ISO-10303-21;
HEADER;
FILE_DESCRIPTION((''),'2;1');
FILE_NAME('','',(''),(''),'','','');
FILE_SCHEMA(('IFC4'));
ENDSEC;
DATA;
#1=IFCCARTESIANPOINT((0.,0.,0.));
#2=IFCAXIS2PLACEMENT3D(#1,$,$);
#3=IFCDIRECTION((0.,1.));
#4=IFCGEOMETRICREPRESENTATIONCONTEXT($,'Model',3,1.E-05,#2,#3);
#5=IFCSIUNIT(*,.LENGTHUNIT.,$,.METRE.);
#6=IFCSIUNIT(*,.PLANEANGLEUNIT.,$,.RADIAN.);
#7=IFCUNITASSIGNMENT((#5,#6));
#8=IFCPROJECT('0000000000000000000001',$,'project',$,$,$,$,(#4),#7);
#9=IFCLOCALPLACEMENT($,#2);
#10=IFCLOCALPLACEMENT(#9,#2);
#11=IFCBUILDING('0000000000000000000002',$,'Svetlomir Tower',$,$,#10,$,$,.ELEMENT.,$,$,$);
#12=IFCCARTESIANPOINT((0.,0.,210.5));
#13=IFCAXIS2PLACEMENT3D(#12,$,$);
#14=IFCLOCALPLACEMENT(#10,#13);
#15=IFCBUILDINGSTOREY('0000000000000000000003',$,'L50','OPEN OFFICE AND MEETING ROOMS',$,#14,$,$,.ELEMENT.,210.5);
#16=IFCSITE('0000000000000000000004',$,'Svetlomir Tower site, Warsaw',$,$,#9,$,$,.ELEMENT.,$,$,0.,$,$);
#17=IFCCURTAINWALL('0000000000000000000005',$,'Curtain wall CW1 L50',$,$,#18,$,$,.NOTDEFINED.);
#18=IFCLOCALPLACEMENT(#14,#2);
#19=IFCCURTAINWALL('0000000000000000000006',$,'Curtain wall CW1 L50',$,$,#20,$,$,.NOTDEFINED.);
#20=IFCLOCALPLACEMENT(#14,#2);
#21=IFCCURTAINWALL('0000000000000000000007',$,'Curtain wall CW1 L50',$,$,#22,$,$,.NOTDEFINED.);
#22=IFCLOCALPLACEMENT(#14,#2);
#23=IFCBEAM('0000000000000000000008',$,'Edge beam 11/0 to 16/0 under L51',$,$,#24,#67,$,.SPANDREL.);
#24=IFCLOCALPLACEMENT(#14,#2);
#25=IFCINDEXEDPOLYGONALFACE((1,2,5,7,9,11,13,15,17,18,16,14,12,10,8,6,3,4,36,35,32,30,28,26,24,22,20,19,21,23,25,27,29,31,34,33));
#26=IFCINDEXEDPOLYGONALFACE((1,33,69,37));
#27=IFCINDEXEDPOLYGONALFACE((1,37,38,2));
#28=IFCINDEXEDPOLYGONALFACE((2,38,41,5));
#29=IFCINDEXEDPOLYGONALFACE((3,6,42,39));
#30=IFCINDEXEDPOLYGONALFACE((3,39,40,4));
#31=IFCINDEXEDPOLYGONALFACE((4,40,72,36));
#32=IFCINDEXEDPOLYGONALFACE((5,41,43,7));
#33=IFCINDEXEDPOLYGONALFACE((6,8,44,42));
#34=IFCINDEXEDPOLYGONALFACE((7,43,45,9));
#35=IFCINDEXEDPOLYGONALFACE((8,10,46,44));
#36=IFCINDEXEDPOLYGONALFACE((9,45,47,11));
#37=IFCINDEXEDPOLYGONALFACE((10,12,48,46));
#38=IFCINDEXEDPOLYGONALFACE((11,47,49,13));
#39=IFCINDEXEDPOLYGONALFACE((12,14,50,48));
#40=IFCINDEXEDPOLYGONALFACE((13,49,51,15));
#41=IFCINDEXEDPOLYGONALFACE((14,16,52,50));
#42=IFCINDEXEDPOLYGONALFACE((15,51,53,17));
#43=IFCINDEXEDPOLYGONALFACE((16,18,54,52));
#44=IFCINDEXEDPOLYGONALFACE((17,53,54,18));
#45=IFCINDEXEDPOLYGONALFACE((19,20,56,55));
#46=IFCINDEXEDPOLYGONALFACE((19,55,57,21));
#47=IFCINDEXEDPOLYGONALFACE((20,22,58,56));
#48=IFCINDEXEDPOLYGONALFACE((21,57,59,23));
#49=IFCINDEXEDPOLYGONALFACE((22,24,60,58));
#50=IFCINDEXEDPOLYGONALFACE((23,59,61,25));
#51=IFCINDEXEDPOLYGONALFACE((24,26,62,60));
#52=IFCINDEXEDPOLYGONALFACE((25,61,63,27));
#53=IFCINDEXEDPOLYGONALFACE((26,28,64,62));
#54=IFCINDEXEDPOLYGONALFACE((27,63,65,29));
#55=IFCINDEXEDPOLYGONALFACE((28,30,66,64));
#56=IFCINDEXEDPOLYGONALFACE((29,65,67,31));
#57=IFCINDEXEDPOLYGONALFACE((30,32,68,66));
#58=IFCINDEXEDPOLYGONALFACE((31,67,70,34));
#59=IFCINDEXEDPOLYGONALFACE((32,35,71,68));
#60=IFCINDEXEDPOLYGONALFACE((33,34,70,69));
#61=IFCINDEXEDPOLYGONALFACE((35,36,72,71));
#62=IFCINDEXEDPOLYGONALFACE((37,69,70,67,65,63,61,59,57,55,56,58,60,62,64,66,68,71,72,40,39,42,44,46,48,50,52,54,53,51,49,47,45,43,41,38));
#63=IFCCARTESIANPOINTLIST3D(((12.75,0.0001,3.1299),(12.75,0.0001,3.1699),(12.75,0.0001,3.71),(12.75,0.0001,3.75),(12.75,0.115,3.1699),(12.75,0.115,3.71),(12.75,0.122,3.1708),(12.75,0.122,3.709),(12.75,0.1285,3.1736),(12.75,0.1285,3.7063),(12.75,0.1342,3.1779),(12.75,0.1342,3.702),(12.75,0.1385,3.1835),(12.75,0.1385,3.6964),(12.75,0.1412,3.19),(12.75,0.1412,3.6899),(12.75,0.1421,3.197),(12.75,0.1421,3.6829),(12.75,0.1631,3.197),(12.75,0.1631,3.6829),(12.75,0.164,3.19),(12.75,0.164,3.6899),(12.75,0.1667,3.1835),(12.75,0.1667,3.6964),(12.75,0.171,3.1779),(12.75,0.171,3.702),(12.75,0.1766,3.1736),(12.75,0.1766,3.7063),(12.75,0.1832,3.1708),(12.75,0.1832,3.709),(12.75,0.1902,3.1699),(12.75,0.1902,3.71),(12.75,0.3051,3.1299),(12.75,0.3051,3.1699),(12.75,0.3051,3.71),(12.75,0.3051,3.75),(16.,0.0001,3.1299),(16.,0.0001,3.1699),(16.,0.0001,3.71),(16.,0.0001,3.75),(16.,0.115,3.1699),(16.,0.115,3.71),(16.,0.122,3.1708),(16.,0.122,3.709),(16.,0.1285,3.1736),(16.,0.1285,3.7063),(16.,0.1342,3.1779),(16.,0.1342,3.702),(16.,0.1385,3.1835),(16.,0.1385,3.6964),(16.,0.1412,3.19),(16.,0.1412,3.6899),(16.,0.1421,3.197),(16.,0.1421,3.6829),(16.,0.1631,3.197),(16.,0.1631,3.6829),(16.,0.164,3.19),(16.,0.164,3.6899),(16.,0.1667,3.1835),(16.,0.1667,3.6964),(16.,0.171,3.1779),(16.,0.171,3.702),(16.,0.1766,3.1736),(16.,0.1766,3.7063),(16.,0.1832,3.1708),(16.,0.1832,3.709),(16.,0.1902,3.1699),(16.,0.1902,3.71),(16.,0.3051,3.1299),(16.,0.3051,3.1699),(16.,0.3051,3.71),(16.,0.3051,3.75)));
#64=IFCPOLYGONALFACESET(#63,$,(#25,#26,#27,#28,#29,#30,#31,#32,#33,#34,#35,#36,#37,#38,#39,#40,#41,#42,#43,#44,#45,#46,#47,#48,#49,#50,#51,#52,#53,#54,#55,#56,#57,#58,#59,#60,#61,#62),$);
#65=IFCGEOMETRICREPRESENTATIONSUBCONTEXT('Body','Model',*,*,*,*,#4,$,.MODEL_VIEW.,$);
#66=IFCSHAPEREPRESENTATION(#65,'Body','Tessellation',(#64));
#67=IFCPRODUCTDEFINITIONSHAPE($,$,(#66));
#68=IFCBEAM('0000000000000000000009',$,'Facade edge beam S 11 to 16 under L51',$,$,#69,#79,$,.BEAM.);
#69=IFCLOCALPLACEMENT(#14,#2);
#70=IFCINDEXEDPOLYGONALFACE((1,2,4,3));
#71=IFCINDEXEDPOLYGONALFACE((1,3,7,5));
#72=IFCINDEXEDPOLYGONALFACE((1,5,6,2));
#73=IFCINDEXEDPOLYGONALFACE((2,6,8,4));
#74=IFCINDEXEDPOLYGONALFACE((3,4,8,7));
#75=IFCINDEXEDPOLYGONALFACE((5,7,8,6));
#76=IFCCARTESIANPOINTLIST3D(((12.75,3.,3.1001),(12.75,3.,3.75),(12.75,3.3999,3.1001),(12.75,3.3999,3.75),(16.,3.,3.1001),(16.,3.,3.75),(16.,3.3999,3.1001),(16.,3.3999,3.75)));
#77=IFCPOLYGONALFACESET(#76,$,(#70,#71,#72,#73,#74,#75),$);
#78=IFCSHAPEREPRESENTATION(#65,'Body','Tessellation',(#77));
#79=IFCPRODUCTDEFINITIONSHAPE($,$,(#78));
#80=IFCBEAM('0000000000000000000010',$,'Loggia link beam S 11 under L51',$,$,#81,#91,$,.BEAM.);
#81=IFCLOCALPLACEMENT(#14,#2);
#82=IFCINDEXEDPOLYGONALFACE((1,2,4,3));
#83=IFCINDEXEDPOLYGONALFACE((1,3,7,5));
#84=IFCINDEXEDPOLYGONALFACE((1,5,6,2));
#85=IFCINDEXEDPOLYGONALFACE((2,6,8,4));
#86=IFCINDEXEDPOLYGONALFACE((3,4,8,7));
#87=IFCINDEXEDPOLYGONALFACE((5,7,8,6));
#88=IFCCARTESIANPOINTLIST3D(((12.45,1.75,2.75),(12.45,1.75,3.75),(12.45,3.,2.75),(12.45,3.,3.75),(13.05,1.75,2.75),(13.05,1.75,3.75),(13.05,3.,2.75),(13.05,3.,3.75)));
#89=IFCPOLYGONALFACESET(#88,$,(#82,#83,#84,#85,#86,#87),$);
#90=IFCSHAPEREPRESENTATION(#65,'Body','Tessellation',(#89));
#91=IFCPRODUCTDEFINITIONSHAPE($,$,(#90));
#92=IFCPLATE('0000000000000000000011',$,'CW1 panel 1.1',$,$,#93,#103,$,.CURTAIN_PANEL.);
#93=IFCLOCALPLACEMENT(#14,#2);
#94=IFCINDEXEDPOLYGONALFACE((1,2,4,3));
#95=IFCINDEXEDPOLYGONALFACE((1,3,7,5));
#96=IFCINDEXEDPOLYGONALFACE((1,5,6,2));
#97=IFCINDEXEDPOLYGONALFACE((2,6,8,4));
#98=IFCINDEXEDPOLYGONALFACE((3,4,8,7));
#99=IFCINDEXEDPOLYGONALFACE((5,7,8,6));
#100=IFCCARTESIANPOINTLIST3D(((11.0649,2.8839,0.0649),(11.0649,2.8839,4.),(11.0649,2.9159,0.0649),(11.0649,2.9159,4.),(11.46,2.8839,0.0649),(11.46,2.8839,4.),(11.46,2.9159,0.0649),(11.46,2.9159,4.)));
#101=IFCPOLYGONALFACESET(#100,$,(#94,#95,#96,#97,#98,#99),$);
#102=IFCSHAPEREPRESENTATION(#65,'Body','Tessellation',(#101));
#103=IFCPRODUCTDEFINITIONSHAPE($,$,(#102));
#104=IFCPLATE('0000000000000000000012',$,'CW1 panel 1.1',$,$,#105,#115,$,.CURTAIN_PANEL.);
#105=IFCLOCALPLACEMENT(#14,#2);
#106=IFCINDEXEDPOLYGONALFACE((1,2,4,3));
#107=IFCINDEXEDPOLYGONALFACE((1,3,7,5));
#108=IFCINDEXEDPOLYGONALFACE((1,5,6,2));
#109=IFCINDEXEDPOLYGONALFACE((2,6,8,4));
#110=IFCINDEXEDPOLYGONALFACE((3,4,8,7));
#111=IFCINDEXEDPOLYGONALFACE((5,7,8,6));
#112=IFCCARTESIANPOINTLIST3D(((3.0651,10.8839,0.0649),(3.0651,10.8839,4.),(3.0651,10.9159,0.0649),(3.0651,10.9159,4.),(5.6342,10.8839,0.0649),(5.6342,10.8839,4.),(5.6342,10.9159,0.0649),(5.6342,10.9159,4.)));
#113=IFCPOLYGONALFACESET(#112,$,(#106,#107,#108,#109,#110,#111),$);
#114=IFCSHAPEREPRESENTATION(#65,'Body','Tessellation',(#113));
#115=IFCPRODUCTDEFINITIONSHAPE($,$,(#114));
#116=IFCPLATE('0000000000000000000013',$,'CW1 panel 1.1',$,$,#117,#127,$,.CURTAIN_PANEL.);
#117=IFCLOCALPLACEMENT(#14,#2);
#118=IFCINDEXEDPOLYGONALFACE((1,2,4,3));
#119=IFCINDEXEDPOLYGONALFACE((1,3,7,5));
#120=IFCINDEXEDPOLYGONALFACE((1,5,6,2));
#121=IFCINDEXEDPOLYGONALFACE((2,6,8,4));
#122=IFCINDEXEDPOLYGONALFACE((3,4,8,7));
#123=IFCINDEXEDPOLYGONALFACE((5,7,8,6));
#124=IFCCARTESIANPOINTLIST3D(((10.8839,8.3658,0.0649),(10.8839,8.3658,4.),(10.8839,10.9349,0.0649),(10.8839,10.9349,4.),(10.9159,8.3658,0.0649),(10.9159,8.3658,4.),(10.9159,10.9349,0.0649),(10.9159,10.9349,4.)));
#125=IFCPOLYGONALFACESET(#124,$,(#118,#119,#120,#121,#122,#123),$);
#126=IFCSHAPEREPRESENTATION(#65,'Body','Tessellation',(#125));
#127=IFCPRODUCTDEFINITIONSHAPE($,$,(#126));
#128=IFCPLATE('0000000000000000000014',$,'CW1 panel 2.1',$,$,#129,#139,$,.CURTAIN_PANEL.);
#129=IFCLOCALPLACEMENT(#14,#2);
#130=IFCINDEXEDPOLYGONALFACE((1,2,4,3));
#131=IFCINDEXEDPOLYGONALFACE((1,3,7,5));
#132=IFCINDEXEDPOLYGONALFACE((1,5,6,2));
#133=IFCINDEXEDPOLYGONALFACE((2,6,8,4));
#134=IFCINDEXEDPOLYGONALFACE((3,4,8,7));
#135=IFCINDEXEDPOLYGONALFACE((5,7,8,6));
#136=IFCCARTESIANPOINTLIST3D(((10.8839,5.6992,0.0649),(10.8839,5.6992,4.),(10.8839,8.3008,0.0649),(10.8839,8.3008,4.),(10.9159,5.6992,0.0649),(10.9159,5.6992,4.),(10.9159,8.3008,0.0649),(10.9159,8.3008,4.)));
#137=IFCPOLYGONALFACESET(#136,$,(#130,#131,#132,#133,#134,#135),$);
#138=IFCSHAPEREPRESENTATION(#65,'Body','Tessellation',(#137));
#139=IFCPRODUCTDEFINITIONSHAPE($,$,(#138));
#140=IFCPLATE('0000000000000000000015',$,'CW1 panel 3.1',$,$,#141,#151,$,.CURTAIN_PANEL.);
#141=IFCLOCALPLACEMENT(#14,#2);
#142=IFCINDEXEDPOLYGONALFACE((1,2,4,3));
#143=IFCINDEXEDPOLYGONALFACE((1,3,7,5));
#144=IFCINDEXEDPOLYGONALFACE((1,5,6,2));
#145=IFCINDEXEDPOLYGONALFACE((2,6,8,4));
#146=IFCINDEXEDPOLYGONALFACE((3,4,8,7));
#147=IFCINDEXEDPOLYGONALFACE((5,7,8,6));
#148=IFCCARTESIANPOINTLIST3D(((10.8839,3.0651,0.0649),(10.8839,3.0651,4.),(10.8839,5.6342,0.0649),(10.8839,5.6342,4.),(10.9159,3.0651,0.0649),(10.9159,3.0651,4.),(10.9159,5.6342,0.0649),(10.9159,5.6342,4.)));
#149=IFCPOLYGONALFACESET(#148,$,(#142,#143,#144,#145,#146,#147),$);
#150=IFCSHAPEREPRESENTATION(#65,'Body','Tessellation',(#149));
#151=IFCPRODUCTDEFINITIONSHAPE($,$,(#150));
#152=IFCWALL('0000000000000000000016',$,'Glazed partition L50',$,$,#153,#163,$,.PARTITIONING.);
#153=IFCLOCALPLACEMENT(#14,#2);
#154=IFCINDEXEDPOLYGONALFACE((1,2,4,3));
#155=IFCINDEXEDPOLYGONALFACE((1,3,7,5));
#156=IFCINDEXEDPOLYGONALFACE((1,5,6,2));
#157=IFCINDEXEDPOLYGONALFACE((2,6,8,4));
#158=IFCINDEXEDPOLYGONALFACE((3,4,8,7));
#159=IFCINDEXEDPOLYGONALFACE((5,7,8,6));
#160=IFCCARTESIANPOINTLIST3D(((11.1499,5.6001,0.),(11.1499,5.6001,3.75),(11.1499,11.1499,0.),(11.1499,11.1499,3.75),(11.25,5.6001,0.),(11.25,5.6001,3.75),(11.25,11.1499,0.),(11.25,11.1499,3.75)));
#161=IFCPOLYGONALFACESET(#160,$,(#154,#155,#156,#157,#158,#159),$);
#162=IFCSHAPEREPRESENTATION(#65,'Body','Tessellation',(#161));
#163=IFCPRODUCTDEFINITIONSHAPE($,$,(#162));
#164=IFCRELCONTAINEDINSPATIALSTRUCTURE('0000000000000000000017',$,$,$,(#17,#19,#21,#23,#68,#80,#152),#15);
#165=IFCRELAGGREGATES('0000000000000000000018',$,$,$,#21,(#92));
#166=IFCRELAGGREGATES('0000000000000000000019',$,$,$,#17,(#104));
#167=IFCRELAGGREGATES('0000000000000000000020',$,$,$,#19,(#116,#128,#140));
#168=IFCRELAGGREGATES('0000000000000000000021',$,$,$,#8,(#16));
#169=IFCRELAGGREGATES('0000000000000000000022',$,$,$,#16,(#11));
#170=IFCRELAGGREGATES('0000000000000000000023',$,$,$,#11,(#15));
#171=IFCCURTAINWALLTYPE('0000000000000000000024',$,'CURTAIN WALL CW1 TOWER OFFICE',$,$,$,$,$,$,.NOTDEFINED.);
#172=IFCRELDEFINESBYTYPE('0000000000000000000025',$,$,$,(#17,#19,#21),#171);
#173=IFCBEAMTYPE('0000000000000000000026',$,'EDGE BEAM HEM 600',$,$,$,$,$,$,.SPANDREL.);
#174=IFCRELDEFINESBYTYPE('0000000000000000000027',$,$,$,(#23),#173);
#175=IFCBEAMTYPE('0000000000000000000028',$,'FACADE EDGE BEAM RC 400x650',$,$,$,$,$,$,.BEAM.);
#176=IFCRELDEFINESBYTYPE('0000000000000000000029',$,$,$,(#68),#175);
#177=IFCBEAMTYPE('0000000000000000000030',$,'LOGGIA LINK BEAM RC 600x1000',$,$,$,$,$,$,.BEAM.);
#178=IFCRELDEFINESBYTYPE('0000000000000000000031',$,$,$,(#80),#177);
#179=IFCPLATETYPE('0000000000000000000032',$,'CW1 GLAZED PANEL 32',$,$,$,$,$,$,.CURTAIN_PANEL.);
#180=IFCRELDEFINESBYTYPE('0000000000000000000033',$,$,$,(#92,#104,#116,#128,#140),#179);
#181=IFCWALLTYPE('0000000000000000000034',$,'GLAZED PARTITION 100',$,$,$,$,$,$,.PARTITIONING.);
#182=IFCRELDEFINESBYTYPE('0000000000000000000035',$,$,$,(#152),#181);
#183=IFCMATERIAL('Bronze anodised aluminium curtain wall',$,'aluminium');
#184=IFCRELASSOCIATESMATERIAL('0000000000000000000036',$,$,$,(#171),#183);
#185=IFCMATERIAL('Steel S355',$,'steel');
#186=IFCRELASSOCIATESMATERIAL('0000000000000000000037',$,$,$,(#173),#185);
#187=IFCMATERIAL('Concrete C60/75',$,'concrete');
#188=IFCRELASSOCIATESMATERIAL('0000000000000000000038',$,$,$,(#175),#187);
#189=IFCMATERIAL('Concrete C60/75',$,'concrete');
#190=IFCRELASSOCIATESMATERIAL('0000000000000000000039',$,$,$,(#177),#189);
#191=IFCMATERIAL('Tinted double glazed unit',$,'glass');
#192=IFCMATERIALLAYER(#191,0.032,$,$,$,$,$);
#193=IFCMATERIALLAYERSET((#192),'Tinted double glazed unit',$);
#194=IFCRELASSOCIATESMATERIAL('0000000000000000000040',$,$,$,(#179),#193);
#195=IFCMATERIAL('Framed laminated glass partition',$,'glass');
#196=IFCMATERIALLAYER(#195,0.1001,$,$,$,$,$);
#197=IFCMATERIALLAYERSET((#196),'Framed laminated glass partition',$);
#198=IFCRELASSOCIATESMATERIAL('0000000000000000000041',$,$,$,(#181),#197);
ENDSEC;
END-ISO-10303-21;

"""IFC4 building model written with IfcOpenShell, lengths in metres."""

from ifc_helpers import new_model, si_unit, direction, frame, frame_2d, origin, origin_2d, place, context, subcontext, project, spatial, rectangle, i_section, extrude, material, layer, layer_set, material_profile, profile_set, type_object, element, aggregate, save


model = new_model("IFC4")

# Units and contexts
model_context = context("Model", 3, precision=1e-05, world=origin(), true_north=direction((0.0, 1.0)))
body_context = subcontext(model_context, "Body", "Model", "MODEL_VIEW")
ifc_project = project(units=[si_unit("LENGTHUNIT", "METRE"), si_unit("PLANEANGLEUNIT", "RADIAN")], contexts=[model_context])

# Site, building, storey
site_placement = place(None, origin())
site = spatial("IfcSite", under=ifc_project, at=site_placement, Name="Svetlomir Tower site, Warsaw", CompositionType="ELEMENT", RefElevation=0.0)
building_placement = place(site_placement, origin())
building = spatial("IfcBuilding", under=site, at=building_placement, Name="Svetlomir Tower", CompositionType="ELEMENT")
storey_placement = place(building_placement, frame((0.0, 0.0, 210.5)))
storey = spatial("IfcBuildingStorey", under=building, at=storey_placement, Name="L50", Description="OPEN OFFICE AND MEETING ROOMS", CompositionType="ELEMENT", Elevation=210.5)

# Curtain walls
ifc_material_1 = material(Name="Bronze anodised aluminium curtain wall", Category="aluminium")
curtain_wall_type = type_object("IfcCurtainWallType", Name="CURTAIN WALL CW1 TOWER OFFICE", PredefinedType="NOTDEFINED", material=ifc_material_1)
curtain_wall_1_placement = place(storey_placement, origin())
curtain_wall_1 = element("IfcCurtainWall", 1, at=curtain_wall_1_placement, inside=storey, type_object=curtain_wall_type, Name="Curtain wall CW1 L50", PredefinedType="NOTDEFINED")
curtain_wall_2_placement = place(storey_placement, origin())
curtain_wall_2 = element("IfcCurtainWall", 2, at=curtain_wall_2_placement, inside=storey, type_object=curtain_wall_type, Name="Curtain wall CW1 L50", PredefinedType="NOTDEFINED")

# Curtain wall
curtain_wall_3_placement = place(storey_placement, origin())
curtain_wall_3 = element("IfcCurtainWall", 3, at=curtain_wall_3_placement, inside=storey, type_object=curtain_wall_type, Name="Curtain wall CW1 L50", PredefinedType="NOTDEFINED")

# Beams
ifc_material_2 = material(Name="Steel S355", Category="steel")
ifc_material_profile_1 = material_profile(ifc_material_2, i_section(OverallWidth=0.3049, OverallDepth=0.6201, WebThickness=0.021, FlangeThickness=0.04, FilletRadius=0.0271, at=origin_2d()), Name="HEM 600")
ifc_profile_set_1 = profile_set([ifc_material_profile_1], Name="Steel S355")
beam_type_1 = type_object("IfcBeamType", Name="EDGE BEAM HEM 600", PredefinedType="SPANDREL", material=ifc_profile_set_1)
beam_1_placement = place(storey_placement, frame((12.75, 0.1526, 3.4399), z_axis=(1.0, 0.0, 0.0), x_axis=(0.0, 1.0, 0.0)))
element("IfcBeam", 4, at=beam_1_placement, inside=storey, type_object=beam_type_1, Name="Edge beam 11/0 to 16/0 under L51", PredefinedType="SPANDREL", context=body_context, shape_type="SweptSolid", body=[
    extrude(i_section(OverallWidth=0.3049, OverallDepth=0.6201, WebThickness=0.021, FlangeThickness=0.04, FilletRadius=0.0271, at=origin_2d()), origin(), (0.0, 0.0, 1.0), 3.25),
])
ifc_material_3 = material(Name="Concrete C60/75", Category="concrete")
ifc_material_profile_2 = material_profile(ifc_material_3, rectangle(XDim=0.3999, YDim=0.6499, at=origin_2d()), Name="RC 400x650")
ifc_profile_set_2 = profile_set([ifc_material_profile_2], Name="Concrete C60/75")
beam_type_2 = type_object("IfcBeamType", Name="FACADE EDGE BEAM RC 400x650", PredefinedType="BEAM", material=ifc_profile_set_2)
beam_2_placement = place(storey_placement, frame((12.75, 3.2, 3.425), z_axis=(1.0, 0.0, 0.0), x_axis=(0.0, 1.0, 0.0)))
element("IfcBeam", 5, at=beam_2_placement, inside=storey, type_object=beam_type_2, Name="Facade edge beam S 11 to 16 under L51", PredefinedType="BEAM", context=body_context, shape_type="SweptSolid", body=[
    extrude(rectangle(XDim=0.3999, YDim=0.6499, at=origin_2d()), origin(), (0.0, 0.0, 1.0), 3.25),
])
ifc_material_4 = material(Name="Concrete C60/75", Category="concrete")
ifc_material_profile_3 = material_profile(ifc_material_4, rectangle(XDim=0.6001, YDim=1.0, at=origin_2d()), Name="RC 600x1000")
ifc_profile_set_3 = profile_set([ifc_material_profile_3], Name="Concrete C60/75")
beam_type_3 = type_object("IfcBeamType", Name="LOGGIA LINK BEAM RC 600x1000", PredefinedType="BEAM", material=ifc_profile_set_3)
beam_3_placement = place(storey_placement, frame((12.75, 1.75, 3.25), z_axis=(0.0, 1.0, 0.0), x_axis=(-1.0, 0.0, 0.0)))
element("IfcBeam", 6, at=beam_3_placement, inside=storey, type_object=beam_type_3, Name="Loggia link beam S 11 under L51", PredefinedType="BEAM", context=body_context, shape_type="SweptSolid", body=[
    extrude(rectangle(XDim=0.6001, YDim=1.0, at=origin_2d()), origin(), (0.0, 0.0, 1.0), 1.25),
])

# Plates
ifc_material_5 = material(Name="Tinted double glazed unit", Category="glass")
ifc_layer_1 = layer(ifc_material_5, 0.032)
ifc_layer_set_1 = layer_set([ifc_layer_1], Name="Tinted double glazed unit")
plate_type = type_object("IfcPlateType", Name="CW1 GLAZED PANEL 32", PredefinedType="CURTAIN_PANEL", material=ifc_layer_set_1)
plate_1_placement = place(storey_placement, frame((11.2625, 2.8999, 0.0649), z_axis=(0.0, 0.0, 1.0), x_axis=(1.0, 0.0, 0.0)))
plate_1 = element("IfcPlate", 7, at=plate_1_placement, type_object=plate_type, Name="CW1 panel 1.1", PredefinedType="CURTAIN_PANEL", context=body_context, shape_type="SweptSolid", body=[
    extrude(rectangle(XDim=0.395, YDim=0.032, at=origin_2d()), origin(), (0.0, 0.0, 1.0), 3.9351),
])
aggregate(curtain_wall_3, [plate_1])
plate_2_placement = place(storey_placement, frame((4.3496, 10.8999, 0.0649), z_axis=(0.0, 0.0, 1.0), x_axis=(1.0, 0.0, 0.0)))
plate_2 = element("IfcPlate", 8, at=plate_2_placement, type_object=plate_type, Name="CW1 panel 1.1", PredefinedType="CURTAIN_PANEL", context=body_context, shape_type="SweptSolid", body=[
    extrude(rectangle(XDim=2.5691, YDim=0.032, at=origin_2d()), origin(), (0.0, 0.0, 1.0), 3.9351),
])
aggregate(curtain_wall_1, [plate_2])
plate_3_placement = place(storey_placement, frame((10.8999, 9.6504, 0.0649), z_axis=(0.0, 0.0, 1.0), x_axis=(0.0, -1.0, 0.0)))
plate_3 = element("IfcPlate", 9, at=plate_3_placement, type_object=plate_type, Name="CW1 panel 1.1", PredefinedType="CURTAIN_PANEL", context=body_context, shape_type="SweptSolid", body=[
    extrude(rectangle(XDim=2.5691, YDim=0.032, at=origin_2d()), origin(), (0.0, 0.0, 1.0), 3.9351),
])
plate_4_placement = place(storey_placement, frame((10.8999, 7.0, 0.0649), z_axis=(0.0, 0.0, 1.0), x_axis=(0.0, -1.0, 0.0)))
plate_4 = element("IfcPlate", 10, at=plate_4_placement, type_object=plate_type, Name="CW1 panel 2.1", PredefinedType="CURTAIN_PANEL", context=body_context, shape_type="SweptSolid", body=[
    extrude(rectangle(XDim=2.6016, YDim=0.032, at=origin_2d()), origin(), (0.0, 0.0, 1.0), 3.9351),
])
plate_5_placement = place(storey_placement, frame((10.8999, 4.3496, 0.0649), z_axis=(0.0, 0.0, 1.0), x_axis=(0.0, -1.0, 0.0)))
plate_5 = element("IfcPlate", 11, at=plate_5_placement, type_object=plate_type, Name="CW1 panel 3.1", PredefinedType="CURTAIN_PANEL", context=body_context, shape_type="SweptSolid", body=[
    extrude(rectangle(XDim=2.5691, YDim=0.032, at=origin_2d()), origin(), (0.0, 0.0, 1.0), 3.9351),
])
aggregate(curtain_wall_2, [plate_3, plate_4, plate_5])

# Wall
ifc_material_6 = material(Name="Framed laminated glass partition", Category="glass")
ifc_layer_2 = layer(ifc_material_6, 0.1001)
ifc_layer_set_2 = layer_set([ifc_layer_2], Name="Framed laminated glass partition")
wall_type = type_object("IfcWallType", Name="GLAZED PARTITION 100", PredefinedType="PARTITIONING", material=ifc_layer_set_2)
wall_1_placement = place(storey_placement, frame((11.2, 5.6001, 0.0), z_axis=(0.0, 0.0, 1.0), x_axis=(0.0, 1.0, 0.0)))
element("IfcWall", 12, at=wall_1_placement, inside=storey, type_object=wall_type, Name="Glazed partition L50", PredefinedType="PARTITIONING", context=body_context, shape_type="SweptSolid", body=[
    extrude(rectangle(XDim=5.5498, YDim=0.1001, at=frame_2d((2.7749, 0.0))), origin(), (0.0, 0.0, 1.0), 3.75),
])

save(model, "model.ifc")
